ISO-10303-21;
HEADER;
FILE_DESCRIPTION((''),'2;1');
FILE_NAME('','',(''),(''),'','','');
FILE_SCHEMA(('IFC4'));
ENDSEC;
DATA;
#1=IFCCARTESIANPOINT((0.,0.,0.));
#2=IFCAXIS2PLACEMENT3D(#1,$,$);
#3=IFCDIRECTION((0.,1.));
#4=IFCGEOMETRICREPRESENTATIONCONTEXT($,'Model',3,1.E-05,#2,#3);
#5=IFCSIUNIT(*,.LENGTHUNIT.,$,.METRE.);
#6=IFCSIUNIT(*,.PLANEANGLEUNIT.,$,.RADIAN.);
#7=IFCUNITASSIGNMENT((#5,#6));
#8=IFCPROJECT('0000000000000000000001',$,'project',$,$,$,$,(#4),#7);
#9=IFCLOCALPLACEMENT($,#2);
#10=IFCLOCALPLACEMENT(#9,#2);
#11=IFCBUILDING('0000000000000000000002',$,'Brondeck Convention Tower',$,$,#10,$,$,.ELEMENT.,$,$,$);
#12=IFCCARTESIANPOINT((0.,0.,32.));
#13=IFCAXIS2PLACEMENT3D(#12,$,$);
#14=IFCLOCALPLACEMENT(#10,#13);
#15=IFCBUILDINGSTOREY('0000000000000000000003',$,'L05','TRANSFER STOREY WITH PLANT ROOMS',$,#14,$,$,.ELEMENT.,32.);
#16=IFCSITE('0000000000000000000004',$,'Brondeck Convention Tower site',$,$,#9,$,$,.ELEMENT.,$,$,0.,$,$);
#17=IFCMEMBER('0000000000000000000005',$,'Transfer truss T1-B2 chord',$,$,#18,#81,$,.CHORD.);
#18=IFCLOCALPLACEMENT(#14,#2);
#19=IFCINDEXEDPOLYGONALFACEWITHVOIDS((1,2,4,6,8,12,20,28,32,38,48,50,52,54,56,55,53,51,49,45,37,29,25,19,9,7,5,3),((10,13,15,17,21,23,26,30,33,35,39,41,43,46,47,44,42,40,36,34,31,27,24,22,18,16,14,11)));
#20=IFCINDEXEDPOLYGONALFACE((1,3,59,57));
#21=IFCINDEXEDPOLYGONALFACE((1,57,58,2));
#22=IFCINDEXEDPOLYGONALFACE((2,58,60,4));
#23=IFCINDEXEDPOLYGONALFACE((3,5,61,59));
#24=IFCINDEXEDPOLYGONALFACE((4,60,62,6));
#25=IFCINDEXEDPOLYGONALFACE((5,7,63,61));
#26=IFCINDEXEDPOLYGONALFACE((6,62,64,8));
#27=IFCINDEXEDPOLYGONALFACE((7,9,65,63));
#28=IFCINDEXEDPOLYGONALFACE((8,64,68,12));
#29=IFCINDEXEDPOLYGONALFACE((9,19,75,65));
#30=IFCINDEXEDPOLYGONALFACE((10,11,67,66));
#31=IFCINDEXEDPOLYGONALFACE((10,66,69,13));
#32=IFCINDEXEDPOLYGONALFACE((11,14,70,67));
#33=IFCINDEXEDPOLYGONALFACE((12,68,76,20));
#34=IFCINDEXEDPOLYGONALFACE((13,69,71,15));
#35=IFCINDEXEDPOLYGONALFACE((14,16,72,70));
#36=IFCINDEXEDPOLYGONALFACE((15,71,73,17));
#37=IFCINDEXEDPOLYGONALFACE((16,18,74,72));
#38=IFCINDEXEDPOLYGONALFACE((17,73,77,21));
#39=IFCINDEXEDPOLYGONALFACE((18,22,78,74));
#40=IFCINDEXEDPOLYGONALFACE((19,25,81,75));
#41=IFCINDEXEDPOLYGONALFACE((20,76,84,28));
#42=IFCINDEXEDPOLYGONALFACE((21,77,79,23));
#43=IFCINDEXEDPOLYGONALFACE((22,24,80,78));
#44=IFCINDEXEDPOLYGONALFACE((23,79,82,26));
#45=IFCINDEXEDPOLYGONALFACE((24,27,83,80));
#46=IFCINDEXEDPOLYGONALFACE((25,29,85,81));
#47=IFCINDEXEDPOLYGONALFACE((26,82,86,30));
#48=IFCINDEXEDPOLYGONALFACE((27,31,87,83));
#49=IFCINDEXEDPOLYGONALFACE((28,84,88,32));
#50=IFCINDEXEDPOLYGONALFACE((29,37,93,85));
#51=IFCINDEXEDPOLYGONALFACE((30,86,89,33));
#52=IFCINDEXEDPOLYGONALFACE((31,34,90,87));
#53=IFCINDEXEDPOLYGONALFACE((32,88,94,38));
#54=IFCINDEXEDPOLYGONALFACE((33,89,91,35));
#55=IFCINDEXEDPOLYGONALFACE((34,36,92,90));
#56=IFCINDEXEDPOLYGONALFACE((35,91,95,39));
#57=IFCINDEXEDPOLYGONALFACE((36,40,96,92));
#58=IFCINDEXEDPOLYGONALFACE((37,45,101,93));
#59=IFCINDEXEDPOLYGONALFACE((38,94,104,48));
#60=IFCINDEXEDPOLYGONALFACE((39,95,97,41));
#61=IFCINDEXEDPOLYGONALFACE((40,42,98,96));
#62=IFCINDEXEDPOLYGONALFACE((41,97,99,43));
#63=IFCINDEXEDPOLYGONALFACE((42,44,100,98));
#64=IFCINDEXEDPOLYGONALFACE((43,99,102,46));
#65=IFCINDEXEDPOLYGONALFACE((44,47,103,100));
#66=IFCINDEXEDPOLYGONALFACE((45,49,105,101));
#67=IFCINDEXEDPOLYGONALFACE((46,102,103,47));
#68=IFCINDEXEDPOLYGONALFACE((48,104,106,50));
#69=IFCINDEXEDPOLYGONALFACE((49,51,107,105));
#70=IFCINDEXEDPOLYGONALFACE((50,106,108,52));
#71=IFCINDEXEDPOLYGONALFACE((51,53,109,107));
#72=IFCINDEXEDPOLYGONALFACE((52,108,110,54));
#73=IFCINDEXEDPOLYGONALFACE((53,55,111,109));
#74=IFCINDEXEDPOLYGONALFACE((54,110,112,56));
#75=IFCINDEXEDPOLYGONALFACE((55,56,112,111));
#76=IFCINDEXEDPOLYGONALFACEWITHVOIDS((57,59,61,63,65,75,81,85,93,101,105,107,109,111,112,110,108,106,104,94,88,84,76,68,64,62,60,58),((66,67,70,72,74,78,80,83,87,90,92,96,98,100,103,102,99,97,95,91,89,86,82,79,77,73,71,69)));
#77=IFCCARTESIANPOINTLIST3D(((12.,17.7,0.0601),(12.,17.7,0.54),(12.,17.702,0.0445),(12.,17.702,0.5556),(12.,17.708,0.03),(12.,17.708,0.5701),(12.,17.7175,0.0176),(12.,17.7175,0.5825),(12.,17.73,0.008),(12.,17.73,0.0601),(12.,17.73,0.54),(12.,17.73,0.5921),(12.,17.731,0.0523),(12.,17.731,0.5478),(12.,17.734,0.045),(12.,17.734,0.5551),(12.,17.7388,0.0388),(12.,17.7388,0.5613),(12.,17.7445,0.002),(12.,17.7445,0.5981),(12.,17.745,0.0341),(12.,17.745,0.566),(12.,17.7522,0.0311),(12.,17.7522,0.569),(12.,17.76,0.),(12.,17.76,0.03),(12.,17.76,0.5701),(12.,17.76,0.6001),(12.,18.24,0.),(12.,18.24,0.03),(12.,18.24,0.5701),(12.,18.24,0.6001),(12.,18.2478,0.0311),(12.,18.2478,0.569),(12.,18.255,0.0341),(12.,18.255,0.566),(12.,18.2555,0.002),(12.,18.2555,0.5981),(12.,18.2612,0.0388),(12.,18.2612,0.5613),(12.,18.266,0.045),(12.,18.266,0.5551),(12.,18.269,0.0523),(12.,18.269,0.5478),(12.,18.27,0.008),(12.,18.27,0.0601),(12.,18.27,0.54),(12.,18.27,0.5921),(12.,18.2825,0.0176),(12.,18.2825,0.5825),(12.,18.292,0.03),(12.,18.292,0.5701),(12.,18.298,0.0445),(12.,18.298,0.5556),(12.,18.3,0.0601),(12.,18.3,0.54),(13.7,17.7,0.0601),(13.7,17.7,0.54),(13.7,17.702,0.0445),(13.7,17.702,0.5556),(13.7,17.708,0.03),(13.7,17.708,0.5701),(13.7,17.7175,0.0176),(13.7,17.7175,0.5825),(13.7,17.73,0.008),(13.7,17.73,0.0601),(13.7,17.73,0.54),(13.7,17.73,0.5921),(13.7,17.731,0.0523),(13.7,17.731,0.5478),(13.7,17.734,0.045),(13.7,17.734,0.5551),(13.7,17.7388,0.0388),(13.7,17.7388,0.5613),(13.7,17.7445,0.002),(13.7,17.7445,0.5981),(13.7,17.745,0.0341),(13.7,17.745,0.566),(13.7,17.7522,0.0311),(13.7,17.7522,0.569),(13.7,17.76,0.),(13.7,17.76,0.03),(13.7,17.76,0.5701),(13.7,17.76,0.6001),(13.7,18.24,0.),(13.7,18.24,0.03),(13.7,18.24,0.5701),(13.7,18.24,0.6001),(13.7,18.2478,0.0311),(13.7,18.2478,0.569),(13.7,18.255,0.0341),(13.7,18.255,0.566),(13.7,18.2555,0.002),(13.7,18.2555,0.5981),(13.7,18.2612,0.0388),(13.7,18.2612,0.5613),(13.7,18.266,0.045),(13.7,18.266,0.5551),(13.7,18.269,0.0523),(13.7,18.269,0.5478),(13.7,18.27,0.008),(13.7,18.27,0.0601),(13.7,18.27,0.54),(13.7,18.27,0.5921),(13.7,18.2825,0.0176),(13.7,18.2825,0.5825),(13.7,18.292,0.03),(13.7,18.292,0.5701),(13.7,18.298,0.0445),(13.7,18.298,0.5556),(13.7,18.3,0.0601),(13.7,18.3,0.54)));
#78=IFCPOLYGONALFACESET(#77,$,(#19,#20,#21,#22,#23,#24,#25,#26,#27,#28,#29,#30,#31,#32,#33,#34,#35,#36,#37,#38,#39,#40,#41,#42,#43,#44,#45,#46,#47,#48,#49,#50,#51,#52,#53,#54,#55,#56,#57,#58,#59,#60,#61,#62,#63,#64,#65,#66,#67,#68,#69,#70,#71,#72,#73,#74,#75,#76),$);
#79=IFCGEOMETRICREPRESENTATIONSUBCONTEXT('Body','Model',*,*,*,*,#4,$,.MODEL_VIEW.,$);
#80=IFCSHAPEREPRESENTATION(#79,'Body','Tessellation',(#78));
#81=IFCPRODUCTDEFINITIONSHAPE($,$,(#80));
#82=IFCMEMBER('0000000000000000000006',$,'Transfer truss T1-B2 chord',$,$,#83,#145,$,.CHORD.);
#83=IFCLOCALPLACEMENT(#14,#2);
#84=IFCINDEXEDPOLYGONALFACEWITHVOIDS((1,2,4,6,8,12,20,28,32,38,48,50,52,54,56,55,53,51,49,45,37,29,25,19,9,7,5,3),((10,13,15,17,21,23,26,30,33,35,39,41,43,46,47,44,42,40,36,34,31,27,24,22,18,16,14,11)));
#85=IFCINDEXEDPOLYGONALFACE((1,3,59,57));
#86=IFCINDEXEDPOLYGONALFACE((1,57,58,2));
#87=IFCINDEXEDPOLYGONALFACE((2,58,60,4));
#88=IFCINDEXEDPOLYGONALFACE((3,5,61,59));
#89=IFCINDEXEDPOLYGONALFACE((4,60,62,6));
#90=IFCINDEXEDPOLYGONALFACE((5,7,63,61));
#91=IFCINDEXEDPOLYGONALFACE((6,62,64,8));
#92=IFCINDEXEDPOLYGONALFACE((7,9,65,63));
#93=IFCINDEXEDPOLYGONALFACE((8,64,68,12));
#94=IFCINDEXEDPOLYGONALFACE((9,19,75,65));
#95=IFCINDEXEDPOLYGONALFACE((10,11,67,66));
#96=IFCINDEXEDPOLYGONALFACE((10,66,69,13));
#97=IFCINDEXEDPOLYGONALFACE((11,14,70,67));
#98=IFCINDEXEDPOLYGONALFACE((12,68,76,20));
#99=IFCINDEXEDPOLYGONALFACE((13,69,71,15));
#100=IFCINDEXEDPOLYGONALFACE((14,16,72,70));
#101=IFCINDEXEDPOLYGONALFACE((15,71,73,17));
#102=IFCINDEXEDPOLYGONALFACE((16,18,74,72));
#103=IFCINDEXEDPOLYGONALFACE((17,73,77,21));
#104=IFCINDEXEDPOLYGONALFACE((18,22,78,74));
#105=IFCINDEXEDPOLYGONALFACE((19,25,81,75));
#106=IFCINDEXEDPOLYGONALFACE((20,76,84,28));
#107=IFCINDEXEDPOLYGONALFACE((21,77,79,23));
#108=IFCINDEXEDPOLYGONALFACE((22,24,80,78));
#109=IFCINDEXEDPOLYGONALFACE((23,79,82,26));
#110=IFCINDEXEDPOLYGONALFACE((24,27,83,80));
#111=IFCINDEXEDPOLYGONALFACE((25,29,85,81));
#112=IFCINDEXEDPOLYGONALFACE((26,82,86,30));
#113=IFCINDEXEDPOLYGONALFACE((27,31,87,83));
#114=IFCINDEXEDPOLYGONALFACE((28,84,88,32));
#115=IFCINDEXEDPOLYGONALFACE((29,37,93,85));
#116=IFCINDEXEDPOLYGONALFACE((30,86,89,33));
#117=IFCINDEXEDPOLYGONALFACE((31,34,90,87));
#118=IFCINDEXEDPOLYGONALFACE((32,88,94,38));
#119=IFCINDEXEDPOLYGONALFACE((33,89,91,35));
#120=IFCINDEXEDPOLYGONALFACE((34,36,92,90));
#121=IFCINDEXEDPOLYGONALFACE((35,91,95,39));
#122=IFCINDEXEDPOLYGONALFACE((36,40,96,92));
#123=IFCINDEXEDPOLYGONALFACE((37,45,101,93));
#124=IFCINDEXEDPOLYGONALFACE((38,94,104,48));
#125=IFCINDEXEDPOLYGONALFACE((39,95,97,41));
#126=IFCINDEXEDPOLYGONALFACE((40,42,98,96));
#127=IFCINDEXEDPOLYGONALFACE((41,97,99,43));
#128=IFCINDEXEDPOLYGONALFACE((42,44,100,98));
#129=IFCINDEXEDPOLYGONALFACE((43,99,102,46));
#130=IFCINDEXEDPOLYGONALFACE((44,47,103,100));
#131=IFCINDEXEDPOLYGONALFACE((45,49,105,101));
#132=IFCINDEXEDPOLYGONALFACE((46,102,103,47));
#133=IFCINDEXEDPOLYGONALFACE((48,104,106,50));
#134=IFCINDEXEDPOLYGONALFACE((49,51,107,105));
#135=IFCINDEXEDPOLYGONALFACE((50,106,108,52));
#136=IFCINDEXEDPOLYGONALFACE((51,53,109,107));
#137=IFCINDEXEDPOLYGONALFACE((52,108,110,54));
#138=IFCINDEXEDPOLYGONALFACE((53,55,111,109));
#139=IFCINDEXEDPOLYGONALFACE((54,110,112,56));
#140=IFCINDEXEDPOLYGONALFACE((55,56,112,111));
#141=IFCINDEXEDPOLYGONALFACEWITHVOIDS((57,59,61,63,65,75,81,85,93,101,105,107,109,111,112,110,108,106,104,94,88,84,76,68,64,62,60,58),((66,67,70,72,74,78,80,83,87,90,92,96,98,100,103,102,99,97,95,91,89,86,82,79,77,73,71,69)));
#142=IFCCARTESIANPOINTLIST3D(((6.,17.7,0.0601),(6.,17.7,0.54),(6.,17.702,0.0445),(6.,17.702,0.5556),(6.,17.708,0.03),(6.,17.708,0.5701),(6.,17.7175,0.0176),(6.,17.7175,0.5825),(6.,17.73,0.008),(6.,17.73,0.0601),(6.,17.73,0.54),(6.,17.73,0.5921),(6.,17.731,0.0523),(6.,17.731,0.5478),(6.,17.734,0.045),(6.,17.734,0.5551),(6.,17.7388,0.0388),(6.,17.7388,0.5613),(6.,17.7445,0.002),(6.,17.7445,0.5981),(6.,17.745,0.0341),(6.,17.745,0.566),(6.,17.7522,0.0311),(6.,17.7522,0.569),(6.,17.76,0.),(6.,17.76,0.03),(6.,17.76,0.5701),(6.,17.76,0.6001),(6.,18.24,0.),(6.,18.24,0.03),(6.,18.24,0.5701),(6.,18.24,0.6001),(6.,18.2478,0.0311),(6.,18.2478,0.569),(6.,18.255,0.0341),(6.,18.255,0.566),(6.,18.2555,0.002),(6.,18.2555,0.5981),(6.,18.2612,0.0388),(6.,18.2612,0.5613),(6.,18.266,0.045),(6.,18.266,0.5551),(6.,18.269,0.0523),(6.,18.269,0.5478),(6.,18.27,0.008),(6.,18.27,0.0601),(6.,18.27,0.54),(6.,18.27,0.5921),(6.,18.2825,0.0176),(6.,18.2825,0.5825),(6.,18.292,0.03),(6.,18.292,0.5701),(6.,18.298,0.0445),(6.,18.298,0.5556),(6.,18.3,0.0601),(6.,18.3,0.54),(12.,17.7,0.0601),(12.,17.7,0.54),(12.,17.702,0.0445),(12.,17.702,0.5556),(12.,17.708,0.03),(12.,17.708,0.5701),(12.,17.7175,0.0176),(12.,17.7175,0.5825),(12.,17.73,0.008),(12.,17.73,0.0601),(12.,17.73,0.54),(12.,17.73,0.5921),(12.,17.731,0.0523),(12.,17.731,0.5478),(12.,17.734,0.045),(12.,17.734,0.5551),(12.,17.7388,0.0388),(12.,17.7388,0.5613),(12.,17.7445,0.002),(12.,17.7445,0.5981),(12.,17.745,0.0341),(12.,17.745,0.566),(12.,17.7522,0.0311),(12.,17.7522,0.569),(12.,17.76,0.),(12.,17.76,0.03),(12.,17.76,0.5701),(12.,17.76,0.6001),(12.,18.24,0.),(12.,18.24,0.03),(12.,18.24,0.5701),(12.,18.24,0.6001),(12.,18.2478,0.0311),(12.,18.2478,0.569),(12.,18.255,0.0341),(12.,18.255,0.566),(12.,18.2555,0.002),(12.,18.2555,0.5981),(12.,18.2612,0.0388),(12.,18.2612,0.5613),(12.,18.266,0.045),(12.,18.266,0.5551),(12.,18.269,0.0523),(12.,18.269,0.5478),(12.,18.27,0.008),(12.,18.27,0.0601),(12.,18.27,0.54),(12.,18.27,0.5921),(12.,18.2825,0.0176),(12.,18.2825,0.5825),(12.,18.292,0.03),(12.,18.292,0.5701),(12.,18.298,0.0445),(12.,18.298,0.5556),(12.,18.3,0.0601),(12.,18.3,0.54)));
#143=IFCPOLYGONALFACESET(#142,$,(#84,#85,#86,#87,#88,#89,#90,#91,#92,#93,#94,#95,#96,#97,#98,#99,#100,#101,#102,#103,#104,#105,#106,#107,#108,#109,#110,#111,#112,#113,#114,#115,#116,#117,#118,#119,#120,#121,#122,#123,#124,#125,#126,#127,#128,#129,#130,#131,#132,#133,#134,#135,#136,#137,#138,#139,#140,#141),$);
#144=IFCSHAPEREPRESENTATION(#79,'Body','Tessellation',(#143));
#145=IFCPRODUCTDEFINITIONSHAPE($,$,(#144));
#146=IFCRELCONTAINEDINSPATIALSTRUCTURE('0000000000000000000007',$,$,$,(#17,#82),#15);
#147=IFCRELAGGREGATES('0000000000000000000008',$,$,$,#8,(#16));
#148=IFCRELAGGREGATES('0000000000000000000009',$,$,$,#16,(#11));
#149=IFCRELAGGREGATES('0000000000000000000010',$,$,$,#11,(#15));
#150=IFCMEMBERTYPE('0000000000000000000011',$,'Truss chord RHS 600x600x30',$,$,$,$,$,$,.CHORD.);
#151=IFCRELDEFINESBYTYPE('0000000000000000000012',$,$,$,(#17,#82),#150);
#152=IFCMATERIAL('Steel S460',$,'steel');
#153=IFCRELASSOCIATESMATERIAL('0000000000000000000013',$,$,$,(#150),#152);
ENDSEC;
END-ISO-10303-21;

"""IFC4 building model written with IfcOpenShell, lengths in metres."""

from ifc_helpers import new_model, si_unit, direction, frame, origin, origin_2d, place, context, subcontext, project, spatial, hollow_rectangle, extrude, material, material_profile, profile_set, type_object, element, save


model = new_model("IFC4")

# Units and contexts
model_context = context("Model", 3, precision=1e-05, world=origin(), true_north=direction((0.0, 1.0)))
body_context = subcontext(model_context, "Body", "Model", "MODEL_VIEW")
ifc_project = project(units=[si_unit("LENGTHUNIT", "METRE"), si_unit("PLANEANGLEUNIT", "RADIAN")], contexts=[model_context])

# Site, building, storey
site_placement = place(None, origin())
site = spatial("IfcSite", under=ifc_project, at=site_placement, Name="Brondeck Convention Tower site", CompositionType="ELEMENT", RefElevation=0.0)
building_placement = place(site_placement, origin())
building = spatial("IfcBuilding", under=site, at=building_placement, Name="Brondeck Convention Tower", CompositionType="ELEMENT")
storey_placement = place(building_placement, frame((0.0, 0.0, 32.0)))
storey = spatial("IfcBuildingStorey", under=building, at=storey_placement, Name="L05", Description="TRANSFER STOREY WITH PLANT ROOMS", CompositionType="ELEMENT", Elevation=32.0)

# Shared definitions
ifc_material_1 = material(Name="Steel S460", Category="steel")

# Members
ifc_material_profile_1 = material_profile(ifc_material_1, hollow_rectangle(XDim=0.6001, YDim=0.6001, WallThickness=0.03, InnerFilletRadius=0.03, OuterFilletRadius=0.0601, at=origin_2d()), Name="RHS 600x600x30")
ifc_profile_set_1 = profile_set([ifc_material_profile_1], Name="Steel S460")
member_type_1 = type_object("IfcMemberType", Name="Truss chord RHS 600x600x30", PredefinedType="CHORD", material=ifc_profile_set_1)
member_1_placement = place(storey_placement, frame((13.7, 18.0, 0.3), z_axis=(-1.0, 0.0, 0.0), x_axis=(0.0, -1.0, 0.0)))
element("IfcMember", 1, at=member_1_placement, inside=storey, type_object=member_type_1, Name="Transfer truss T1-B2 chord", PredefinedType="CHORD", context=body_context, shape_type="SweptSolid", body=[
    extrude(hollow_rectangle(XDim=0.6001, YDim=0.6001, WallThickness=0.03, InnerFilletRadius=0.03, OuterFilletRadius=0.0601, at=origin_2d()), origin(), (0.0, 0.0, 1.0), 1.7),
])
member_2_placement = place(storey_placement, frame((12.0, 18.0, 0.3), z_axis=(-1.0, 0.0, 0.0), x_axis=(0.0, -1.0, 0.0)))
element("IfcMember", 2, at=member_2_placement, inside=storey, type_object=member_type_1, Name="Transfer truss T1-B2 chord", PredefinedType="CHORD", context=body_context, shape_type="SweptSolid", body=[
    extrude(hollow_rectangle(XDim=0.6001, YDim=0.6001, WallThickness=0.03, InnerFilletRadius=0.03, OuterFilletRadius=0.0601, at=origin_2d()), origin(), (0.0, 0.0, 1.0), 6.0),
])

save(model, "model.ifc")
